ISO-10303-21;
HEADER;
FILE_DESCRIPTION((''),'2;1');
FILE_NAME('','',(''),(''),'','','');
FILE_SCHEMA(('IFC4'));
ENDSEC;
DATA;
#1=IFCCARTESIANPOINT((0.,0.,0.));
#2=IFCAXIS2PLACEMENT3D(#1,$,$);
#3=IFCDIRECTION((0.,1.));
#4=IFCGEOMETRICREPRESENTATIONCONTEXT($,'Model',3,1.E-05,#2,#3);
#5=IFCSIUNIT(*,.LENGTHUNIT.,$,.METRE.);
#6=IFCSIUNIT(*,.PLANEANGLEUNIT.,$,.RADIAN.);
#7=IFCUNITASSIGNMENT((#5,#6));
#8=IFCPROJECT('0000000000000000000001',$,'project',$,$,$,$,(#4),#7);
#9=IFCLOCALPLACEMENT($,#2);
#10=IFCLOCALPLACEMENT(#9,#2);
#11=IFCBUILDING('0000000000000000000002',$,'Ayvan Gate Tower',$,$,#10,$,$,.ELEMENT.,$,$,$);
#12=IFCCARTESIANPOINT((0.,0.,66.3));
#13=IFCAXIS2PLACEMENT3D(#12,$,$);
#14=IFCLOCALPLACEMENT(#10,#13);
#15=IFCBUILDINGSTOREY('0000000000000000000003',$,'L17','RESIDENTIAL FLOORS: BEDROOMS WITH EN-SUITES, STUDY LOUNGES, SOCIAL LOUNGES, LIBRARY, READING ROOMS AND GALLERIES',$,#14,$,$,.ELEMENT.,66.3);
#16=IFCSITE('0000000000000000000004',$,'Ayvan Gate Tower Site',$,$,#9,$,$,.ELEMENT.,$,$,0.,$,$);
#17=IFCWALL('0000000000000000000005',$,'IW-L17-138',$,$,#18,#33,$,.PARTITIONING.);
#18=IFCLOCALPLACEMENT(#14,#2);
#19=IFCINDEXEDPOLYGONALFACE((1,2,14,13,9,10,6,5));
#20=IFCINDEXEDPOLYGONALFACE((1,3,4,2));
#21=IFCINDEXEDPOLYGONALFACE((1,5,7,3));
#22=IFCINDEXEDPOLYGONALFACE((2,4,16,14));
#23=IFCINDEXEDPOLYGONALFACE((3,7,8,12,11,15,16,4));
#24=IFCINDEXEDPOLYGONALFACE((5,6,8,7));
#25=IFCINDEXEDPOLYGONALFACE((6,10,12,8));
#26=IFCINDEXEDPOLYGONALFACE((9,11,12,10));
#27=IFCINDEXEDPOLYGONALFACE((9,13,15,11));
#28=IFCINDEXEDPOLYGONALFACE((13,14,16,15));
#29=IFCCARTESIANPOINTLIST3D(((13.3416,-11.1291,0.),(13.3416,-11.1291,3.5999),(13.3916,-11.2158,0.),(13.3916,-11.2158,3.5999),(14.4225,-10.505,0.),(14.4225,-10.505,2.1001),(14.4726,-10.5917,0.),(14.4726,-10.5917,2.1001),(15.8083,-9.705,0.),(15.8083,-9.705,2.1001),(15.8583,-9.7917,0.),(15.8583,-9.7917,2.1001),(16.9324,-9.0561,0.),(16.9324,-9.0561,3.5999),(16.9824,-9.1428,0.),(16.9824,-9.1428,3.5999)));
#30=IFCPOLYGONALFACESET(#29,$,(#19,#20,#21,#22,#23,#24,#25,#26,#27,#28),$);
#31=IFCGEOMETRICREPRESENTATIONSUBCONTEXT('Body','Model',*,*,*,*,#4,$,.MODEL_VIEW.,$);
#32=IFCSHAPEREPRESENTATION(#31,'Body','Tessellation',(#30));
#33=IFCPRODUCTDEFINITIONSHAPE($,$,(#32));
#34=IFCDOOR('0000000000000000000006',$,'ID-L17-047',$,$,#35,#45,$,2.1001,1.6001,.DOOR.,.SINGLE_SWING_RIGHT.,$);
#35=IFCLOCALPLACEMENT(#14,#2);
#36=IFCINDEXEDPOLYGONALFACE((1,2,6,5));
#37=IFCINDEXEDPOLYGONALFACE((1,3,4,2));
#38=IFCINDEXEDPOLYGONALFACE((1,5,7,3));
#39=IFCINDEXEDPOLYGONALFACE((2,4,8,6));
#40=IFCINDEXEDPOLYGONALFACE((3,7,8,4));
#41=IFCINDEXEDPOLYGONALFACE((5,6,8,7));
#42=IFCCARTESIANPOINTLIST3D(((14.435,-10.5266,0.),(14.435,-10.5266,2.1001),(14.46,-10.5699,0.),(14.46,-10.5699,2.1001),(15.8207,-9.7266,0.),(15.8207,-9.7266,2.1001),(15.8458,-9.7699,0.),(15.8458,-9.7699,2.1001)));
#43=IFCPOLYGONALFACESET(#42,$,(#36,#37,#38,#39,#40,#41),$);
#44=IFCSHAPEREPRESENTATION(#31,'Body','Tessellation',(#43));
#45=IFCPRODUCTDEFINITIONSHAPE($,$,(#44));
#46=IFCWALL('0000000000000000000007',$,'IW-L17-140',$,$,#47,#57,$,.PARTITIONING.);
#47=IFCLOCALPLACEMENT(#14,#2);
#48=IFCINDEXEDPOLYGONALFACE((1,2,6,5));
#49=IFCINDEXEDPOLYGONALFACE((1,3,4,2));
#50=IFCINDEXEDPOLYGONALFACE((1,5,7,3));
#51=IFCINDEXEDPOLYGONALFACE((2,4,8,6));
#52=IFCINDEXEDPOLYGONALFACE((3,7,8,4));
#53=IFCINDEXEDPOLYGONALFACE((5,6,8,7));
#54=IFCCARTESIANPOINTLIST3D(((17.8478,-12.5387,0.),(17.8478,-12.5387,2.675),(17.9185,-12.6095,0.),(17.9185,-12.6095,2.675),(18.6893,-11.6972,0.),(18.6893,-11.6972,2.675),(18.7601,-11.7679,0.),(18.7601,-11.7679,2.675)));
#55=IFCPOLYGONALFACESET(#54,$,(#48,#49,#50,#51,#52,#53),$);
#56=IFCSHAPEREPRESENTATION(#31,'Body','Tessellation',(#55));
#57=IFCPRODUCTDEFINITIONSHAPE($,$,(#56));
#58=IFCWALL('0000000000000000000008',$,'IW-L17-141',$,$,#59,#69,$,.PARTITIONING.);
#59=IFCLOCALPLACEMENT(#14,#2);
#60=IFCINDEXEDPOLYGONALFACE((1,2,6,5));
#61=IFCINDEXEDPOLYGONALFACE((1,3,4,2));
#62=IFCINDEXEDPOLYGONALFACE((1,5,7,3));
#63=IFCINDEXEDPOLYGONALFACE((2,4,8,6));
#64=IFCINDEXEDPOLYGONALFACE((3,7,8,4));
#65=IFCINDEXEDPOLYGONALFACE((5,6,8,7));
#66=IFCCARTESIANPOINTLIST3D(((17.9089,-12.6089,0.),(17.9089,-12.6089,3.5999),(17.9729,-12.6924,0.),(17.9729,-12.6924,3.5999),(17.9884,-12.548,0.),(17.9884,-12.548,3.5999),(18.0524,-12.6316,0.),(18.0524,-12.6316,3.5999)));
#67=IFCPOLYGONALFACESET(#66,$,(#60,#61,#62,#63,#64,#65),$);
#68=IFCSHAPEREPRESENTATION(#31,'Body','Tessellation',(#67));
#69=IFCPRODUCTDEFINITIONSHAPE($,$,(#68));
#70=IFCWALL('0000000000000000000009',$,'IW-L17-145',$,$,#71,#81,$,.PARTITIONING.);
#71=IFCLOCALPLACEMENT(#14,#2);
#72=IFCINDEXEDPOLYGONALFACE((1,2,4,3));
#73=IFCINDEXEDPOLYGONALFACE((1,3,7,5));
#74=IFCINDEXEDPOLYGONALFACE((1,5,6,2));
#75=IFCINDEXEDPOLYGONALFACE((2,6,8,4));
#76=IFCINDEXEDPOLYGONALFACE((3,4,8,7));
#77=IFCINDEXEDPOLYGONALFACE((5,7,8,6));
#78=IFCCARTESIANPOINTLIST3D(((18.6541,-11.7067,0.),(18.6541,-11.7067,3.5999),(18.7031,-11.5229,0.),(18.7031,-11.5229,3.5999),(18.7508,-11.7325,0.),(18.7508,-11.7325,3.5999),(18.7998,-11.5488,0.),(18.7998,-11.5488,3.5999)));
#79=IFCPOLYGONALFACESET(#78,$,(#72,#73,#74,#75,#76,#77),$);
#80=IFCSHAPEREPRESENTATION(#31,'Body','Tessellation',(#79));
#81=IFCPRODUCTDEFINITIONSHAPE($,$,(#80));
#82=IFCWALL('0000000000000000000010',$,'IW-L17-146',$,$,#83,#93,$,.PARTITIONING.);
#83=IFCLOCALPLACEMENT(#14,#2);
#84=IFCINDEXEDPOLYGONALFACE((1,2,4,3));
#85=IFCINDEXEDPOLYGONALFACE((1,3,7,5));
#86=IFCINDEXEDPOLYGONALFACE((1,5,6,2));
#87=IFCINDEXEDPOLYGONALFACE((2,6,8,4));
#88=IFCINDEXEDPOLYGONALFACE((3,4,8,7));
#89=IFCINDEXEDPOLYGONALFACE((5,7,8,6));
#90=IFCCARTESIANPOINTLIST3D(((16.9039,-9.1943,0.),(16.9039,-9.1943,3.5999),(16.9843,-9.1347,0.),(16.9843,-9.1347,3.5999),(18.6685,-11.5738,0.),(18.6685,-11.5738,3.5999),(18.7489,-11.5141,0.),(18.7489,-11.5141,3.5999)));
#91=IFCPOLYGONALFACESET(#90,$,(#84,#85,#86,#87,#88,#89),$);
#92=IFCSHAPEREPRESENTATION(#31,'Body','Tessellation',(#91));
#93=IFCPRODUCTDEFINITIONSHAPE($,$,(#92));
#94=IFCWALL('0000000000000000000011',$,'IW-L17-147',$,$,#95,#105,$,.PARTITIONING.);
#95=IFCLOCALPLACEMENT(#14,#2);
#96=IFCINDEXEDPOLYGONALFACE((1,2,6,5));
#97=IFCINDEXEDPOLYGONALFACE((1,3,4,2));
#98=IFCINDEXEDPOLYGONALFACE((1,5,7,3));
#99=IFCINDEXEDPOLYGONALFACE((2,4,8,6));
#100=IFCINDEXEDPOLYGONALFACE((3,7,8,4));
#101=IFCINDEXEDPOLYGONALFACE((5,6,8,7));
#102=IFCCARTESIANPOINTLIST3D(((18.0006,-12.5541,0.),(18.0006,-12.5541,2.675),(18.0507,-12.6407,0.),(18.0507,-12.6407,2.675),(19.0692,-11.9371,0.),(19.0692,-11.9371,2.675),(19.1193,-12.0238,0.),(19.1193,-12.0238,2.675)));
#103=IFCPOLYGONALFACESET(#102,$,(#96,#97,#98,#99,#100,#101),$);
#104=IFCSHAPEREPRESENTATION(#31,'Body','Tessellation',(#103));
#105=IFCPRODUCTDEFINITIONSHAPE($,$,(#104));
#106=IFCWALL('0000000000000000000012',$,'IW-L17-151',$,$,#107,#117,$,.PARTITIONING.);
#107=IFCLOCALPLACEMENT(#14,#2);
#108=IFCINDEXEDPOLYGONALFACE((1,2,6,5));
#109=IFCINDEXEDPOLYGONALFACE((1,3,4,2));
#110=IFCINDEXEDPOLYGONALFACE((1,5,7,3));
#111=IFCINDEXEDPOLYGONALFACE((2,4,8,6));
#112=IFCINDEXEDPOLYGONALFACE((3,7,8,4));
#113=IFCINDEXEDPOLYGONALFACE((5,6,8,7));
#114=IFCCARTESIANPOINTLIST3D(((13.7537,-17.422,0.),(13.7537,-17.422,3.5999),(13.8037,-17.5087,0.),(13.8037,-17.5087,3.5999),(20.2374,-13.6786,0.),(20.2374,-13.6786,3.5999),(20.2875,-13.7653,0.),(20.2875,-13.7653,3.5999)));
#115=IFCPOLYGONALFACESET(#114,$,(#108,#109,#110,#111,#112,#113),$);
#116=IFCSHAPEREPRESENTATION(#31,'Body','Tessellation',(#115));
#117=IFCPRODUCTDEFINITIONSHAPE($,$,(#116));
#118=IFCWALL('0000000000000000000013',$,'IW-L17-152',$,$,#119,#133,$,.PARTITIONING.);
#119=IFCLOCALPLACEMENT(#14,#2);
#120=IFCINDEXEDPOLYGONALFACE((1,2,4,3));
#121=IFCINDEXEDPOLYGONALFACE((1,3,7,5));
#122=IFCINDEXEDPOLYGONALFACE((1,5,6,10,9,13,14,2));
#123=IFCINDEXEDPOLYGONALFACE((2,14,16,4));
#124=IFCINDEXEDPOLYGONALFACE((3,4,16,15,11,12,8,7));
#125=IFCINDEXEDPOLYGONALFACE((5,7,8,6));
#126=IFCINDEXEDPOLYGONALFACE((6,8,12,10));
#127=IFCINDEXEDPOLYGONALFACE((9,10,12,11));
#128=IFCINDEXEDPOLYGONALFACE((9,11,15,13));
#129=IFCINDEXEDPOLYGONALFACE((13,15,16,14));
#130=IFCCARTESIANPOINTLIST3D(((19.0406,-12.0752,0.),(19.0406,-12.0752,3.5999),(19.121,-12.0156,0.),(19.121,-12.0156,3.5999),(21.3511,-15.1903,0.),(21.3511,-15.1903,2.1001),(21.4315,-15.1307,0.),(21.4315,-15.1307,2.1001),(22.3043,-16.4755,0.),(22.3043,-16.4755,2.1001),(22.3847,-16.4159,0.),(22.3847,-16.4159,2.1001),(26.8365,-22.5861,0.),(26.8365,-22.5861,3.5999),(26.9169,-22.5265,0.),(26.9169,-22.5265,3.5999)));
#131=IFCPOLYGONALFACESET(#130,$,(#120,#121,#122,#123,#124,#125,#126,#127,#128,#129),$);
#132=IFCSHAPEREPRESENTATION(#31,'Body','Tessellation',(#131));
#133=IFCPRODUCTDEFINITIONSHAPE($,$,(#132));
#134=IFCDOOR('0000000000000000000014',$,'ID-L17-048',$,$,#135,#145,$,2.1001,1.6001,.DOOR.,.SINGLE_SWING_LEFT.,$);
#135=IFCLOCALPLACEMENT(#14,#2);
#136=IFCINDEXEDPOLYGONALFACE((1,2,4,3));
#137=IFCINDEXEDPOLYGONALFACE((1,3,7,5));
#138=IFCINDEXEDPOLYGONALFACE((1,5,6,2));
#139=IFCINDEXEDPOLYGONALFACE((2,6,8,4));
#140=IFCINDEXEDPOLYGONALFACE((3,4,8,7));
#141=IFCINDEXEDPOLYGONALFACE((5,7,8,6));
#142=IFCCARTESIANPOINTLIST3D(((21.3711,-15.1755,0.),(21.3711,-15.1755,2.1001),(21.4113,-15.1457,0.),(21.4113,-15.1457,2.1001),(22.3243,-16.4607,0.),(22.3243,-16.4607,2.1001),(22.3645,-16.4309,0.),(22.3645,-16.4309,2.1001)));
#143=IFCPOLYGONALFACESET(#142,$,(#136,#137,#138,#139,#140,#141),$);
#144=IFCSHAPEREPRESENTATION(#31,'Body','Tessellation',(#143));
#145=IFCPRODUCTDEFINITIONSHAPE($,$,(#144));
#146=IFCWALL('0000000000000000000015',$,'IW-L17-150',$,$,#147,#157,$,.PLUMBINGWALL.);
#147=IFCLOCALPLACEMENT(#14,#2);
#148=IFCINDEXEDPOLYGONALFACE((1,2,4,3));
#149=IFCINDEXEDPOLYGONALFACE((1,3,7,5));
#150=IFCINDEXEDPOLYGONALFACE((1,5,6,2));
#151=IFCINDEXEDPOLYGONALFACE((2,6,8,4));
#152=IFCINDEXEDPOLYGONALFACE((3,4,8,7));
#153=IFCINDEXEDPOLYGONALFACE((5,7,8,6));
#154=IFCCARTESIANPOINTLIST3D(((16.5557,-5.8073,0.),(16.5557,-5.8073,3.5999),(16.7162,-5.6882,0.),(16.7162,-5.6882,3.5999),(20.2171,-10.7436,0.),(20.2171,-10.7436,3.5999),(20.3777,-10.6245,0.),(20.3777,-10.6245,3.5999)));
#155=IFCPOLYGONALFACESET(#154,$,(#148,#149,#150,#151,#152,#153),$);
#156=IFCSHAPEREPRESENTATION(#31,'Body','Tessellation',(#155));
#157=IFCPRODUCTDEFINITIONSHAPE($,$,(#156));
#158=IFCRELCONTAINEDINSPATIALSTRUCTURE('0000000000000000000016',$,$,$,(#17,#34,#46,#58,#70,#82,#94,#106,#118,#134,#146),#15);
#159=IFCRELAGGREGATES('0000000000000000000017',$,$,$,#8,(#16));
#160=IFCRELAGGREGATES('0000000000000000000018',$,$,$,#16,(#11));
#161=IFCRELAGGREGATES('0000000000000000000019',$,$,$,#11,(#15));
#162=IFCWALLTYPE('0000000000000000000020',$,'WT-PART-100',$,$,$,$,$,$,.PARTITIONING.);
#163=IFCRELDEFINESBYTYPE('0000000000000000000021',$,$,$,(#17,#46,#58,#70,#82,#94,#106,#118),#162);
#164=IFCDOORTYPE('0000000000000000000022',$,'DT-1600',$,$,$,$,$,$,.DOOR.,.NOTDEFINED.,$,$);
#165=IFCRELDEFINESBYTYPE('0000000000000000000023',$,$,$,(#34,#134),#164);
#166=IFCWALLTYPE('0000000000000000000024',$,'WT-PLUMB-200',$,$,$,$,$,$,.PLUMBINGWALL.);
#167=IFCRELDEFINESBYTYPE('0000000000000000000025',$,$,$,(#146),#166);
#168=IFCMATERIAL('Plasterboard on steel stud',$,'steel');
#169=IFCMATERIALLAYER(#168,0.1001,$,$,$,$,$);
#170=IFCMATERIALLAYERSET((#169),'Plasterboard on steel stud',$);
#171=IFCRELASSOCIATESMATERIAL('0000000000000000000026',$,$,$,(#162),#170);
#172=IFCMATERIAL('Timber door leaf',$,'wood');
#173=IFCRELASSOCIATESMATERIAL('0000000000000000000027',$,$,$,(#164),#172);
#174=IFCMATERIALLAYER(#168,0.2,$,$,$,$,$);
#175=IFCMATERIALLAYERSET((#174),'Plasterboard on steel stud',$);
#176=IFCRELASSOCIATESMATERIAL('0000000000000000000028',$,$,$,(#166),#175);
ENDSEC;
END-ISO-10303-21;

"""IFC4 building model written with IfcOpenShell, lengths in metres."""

from ifc_helpers import new_model, si_unit, direction, frame, frame_2d, origin, place, context, subcontext, project, spatial, rectangle, extrude, material, layer, layer_set, type_object, element, fill, save


model = new_model("IFC4")

# Units and contexts
model_context = context("Model", 3, precision=1e-05, world=origin(), true_north=direction((0.0, 1.0)))
body_context = subcontext(model_context, "Body", "Model", "MODEL_VIEW")
ifc_project = project(units=[si_unit("LENGTHUNIT", "METRE"), si_unit("PLANEANGLEUNIT", "RADIAN")], contexts=[model_context])

# Site, building, storey
site_placement = place(None, origin())
site = spatial("IfcSite", under=ifc_project, at=site_placement, Name="Ayvan Gate Tower Site", CompositionType="ELEMENT", RefElevation=0.0)
building_placement = place(site_placement, origin())
building = spatial("IfcBuilding", under=site, at=building_placement, Name="Ayvan Gate Tower", CompositionType="ELEMENT")
storey_placement = place(building_placement, frame((0.0, 0.0, 66.3)))
storey = spatial("IfcBuildingStorey", under=building, at=storey_placement, Name="L17", Description="RESIDENTIAL FLOORS: BEDROOMS WITH EN-SUITES, STUDY LOUNGES, SOCIAL LOUNGES, LIBRARY, READING ROOMS AND GALLERIES", CompositionType="ELEMENT", Elevation=66.3)

# Wall, opening, door
ifc_material_1 = material(Name="Plasterboard on steel stud", Category="steel")
ifc_layer_1 = layer(ifc_material_1, 0.1001)
ifc_layer_set_1 = layer_set([ifc_layer_1], Name="Plasterboard on steel stud")
wall_type_1 = type_object("IfcWallType", Name="WT-PART-100", PredefinedType="PARTITIONING", material=ifc_layer_set_1)
wall_1_placement = place(storey_placement, frame((16.9575, -9.0994, 0.0), z_axis=(0.0, 0.0, 1.0), x_axis=(-0.866042, -0.499971, 0.0)))
wall_1 = element("IfcWall", 1, at=wall_1_placement, inside=storey, type_object=wall_type_1, Name="IW-L17-138", PredefinedType="PARTITIONING", context=body_context, shape_type="SweptSolid", body=[
    extrude(rectangle(XDim=4.1462, YDim=0.1001, at=frame_2d((2.0732, 0.0))), origin(), (0.0, 0.0, 1.0), 3.5999),
])
opening_1_placement = place(wall_1_placement, frame((1.2981, 0.0, 0.0)))
opening_1 = element("IfcOpeningElement", 2, at=opening_1_placement, cuts=wall_1, PredefinedType="OPENING", context=body_context, shape_type="SweptSolid", body=[
    extrude(rectangle(XDim=1.6001, YDim=2.1001, at=frame_2d((0.8, 1.05))), frame((0.0, 0.0601, 0.0), z_axis=(0.0, -1.0, 0.0), x_axis=(1.0, 0.0, 0.0)), (0.0, 0.0, 1.0), 0.1201),
])
ifc_material_2 = material(Name="Timber door leaf", Category="wood")
door_type = type_object("IfcDoorType", Name="DT-1600", OperationType="NOTDEFINED", PredefinedType="DOOR", material=ifc_material_2)
door_1_placement = place(opening_1_placement, origin())
door_1 = element("IfcDoor", 3, at=door_1_placement, inside=storey, type_object=door_type, Name="ID-L17-047", OperationType="SINGLE_SWING_RIGHT", OverallHeight=2.1001, OverallWidth=1.6001, PredefinedType="DOOR", context=body_context, shape_type="SweptSolid", body=[
    extrude(rectangle(XDim=1.6001, YDim=2.1001, at=frame_2d((0.8, 1.05))), frame((0.0, 0.0249, 0.0), z_axis=(0.0, -1.0, 0.0), x_axis=(1.0, 0.0, 0.0)), (0.0, 0.0, 1.0), 0.05),
])
fill(opening_1, door_1)

# Walls
wall_2_placement = place(storey_placement, frame((17.8831, -12.5742, 0.0), z_axis=(0.0, 0.0, 1.0), x_axis=(0.707107, 0.707107, 0.0)))
element("IfcWall", 4, at=wall_2_placement, inside=storey, type_object=wall_type_1, Name="IW-L17-140", PredefinedType="PARTITIONING", context=body_context, shape_type="SweptSolid", body=[
    extrude(rectangle(XDim=1.1902, YDim=0.1001, at=frame_2d((0.5952, 0.0))), origin(), (0.0, 0.0, 1.0), 2.675),
])
wall_3_placement = place(storey_placement, frame((18.0127, -12.6621, 0.0), z_axis=(0.0, 0.0, 1.0), x_axis=(-0.608139, 0.79383, 0.0)))
element("IfcWall", 5, at=wall_3_placement, inside=storey, type_object=wall_type_1, Name="IW-L17-141", PredefinedType="PARTITIONING", context=body_context, shape_type="SweptSolid", body=[
    extrude(rectangle(XDim=0.1052, YDim=0.1001, at=frame_2d((0.0527, 0.0))), origin(), (0.0, 0.0, 1.0), 3.5999),
])
wall_4_placement = place(storey_placement, frame((18.7024, -11.7197, 0.0), z_axis=(0.0, 0.0, 1.0), x_axis=(0.257902, 0.966171, 0.0)))
element("IfcWall", 6, at=wall_4_placement, inside=storey, type_object=wall_type_1, Name="IW-L17-145", PredefinedType="PARTITIONING", context=body_context, shape_type="SweptSolid", body=[
    extrude(rectangle(XDim=0.1902, YDim=0.1001, at=frame_2d((0.0952, 0.0))), origin(), (0.0, 0.0, 1.0), 3.5999),
])
wall_5_placement = place(storey_placement, frame((18.7087, -11.5439, 0.0), z_axis=(0.0, 0.0, 1.0), x_axis=(-0.595693, 0.803213, 0.0)))
element("IfcWall", 7, at=wall_5_placement, inside=storey, type_object=wall_type_1, Name="IW-L17-146", PredefinedType="PARTITIONING", context=body_context, shape_type="SweptSolid", body=[
    extrude(rectangle(XDim=2.9624, YDim=0.1001, at=frame_2d((1.4812, 0.0))), origin(), (0.0, 0.0, 1.0), 3.5999),
])
wall_6_placement = place(storey_placement, frame((19.0942, -11.9805, 0.0), z_axis=(0.0, 0.0, 1.0), x_axis=(-0.866031, -0.499991, 0.0)))
element("IfcWall", 8, at=wall_6_placement, inside=storey, type_object=wall_type_1, Name="IW-L17-147", PredefinedType="PARTITIONING", context=body_context, shape_type="SweptSolid", body=[
    extrude(rectangle(XDim=1.2339, YDim=0.1001, at=frame_2d((0.6169, 0.0))), origin(), (0.0, 0.0, 1.0), 2.675),
])
wall_7_placement = place(storey_placement, frame((20.2625, -13.7219, 0.0), z_axis=(0.0, 0.0, 1.0), x_axis=(-0.866021, -0.500008, 0.0)))
element("IfcWall", 9, at=wall_7_placement, inside=storey, type_object=wall_type_1, Name="IW-L17-151", PredefinedType="PARTITIONING", context=body_context, shape_type="SweptSolid", body=[
    extrude(rectangle(XDim=7.4868, YDim=0.1001, at=frame_2d((3.7434, 0.0))), origin(), (0.0, 0.0, 1.0), 3.5999),
])

# Wall, opening, door
wall_8_placement = place(storey_placement, frame((19.0808, -12.0454, 0.0), z_axis=(0.0, 0.0, 1.0), x_axis=(0.59572, -0.803192, 0.0)))
wall_8 = element("IfcWall", 10, at=wall_8_placement, inside=storey, type_object=wall_type_1, Name="IW-L17-152", PredefinedType="PARTITIONING", context=body_context, shape_type="SweptSolid", body=[
    extrude(rectangle(XDim=13.0864, YDim=0.1001, at=frame_2d((6.5432, 0.0))), origin(), (0.0, 0.0, 1.0), 3.5999),
])
opening_2_placement = place(wall_8_placement, frame((3.8784, 0.0, 0.0)))
opening_2 = element("IfcOpeningElement", 11, at=opening_2_placement, cuts=wall_8, PredefinedType="OPENING", context=body_context, shape_type="SweptSolid", body=[
    extrude(rectangle(XDim=1.6001, YDim=2.1001, at=frame_2d((0.8, 1.05))), frame((0.0, 0.0601, 0.0), z_axis=(0.0, -1.0, 0.0), x_axis=(1.0, 0.0, 0.0)), (0.0, 0.0, 1.0), 0.1201),
])
door_2_placement = place(opening_2_placement, origin())
door_2 = element("IfcDoor", 12, at=door_2_placement, inside=storey, type_object=door_type, Name="ID-L17-048", OperationType="SINGLE_SWING_LEFT", OverallHeight=2.1001, OverallWidth=1.6001, PredefinedType="DOOR", context=body_context, shape_type="SweptSolid", body=[
    extrude(rectangle(XDim=1.6001, YDim=2.1001, at=frame_2d((0.8, 1.05))), frame((0.0, 0.0249, 0.0), z_axis=(0.0, -1.0, 0.0), x_axis=(1.0, 0.0, 0.0)), (0.0, 0.0, 1.0), 0.05),
])
fill(opening_2, door_2)

# Wall
ifc_layer_2 = layer(ifc_material_1, 0.2)
ifc_layer_set_2 = layer_set([ifc_layer_2], Name="Plasterboard on steel stud")
wall_type_2 = type_object("IfcWallType", Name="WT-PLUMB-200", PredefinedType="PLUMBINGWALL", material=ifc_layer_set_2)
wall_9_placement = place(storey_placement, frame((20.2974, -10.6841, 0.0), z_axis=(0.0, 0.0, 1.0), x_axis=(-0.595739, 0.803178, 0.0)))
element("IfcWall", 13, at=wall_9_placement, inside=storey, type_object=wall_type_2, Name="IW-L17-150", PredefinedType="PLUMBINGWALL", context=body_context, shape_type="SweptSolid", body=[
    extrude(rectangle(XDim=6.146, YDim=0.2, at=frame_2d((3.073, 0.0))), origin(), (0.0, 0.0, 1.0), 3.5999),
])

save(model, "model.ifc")
